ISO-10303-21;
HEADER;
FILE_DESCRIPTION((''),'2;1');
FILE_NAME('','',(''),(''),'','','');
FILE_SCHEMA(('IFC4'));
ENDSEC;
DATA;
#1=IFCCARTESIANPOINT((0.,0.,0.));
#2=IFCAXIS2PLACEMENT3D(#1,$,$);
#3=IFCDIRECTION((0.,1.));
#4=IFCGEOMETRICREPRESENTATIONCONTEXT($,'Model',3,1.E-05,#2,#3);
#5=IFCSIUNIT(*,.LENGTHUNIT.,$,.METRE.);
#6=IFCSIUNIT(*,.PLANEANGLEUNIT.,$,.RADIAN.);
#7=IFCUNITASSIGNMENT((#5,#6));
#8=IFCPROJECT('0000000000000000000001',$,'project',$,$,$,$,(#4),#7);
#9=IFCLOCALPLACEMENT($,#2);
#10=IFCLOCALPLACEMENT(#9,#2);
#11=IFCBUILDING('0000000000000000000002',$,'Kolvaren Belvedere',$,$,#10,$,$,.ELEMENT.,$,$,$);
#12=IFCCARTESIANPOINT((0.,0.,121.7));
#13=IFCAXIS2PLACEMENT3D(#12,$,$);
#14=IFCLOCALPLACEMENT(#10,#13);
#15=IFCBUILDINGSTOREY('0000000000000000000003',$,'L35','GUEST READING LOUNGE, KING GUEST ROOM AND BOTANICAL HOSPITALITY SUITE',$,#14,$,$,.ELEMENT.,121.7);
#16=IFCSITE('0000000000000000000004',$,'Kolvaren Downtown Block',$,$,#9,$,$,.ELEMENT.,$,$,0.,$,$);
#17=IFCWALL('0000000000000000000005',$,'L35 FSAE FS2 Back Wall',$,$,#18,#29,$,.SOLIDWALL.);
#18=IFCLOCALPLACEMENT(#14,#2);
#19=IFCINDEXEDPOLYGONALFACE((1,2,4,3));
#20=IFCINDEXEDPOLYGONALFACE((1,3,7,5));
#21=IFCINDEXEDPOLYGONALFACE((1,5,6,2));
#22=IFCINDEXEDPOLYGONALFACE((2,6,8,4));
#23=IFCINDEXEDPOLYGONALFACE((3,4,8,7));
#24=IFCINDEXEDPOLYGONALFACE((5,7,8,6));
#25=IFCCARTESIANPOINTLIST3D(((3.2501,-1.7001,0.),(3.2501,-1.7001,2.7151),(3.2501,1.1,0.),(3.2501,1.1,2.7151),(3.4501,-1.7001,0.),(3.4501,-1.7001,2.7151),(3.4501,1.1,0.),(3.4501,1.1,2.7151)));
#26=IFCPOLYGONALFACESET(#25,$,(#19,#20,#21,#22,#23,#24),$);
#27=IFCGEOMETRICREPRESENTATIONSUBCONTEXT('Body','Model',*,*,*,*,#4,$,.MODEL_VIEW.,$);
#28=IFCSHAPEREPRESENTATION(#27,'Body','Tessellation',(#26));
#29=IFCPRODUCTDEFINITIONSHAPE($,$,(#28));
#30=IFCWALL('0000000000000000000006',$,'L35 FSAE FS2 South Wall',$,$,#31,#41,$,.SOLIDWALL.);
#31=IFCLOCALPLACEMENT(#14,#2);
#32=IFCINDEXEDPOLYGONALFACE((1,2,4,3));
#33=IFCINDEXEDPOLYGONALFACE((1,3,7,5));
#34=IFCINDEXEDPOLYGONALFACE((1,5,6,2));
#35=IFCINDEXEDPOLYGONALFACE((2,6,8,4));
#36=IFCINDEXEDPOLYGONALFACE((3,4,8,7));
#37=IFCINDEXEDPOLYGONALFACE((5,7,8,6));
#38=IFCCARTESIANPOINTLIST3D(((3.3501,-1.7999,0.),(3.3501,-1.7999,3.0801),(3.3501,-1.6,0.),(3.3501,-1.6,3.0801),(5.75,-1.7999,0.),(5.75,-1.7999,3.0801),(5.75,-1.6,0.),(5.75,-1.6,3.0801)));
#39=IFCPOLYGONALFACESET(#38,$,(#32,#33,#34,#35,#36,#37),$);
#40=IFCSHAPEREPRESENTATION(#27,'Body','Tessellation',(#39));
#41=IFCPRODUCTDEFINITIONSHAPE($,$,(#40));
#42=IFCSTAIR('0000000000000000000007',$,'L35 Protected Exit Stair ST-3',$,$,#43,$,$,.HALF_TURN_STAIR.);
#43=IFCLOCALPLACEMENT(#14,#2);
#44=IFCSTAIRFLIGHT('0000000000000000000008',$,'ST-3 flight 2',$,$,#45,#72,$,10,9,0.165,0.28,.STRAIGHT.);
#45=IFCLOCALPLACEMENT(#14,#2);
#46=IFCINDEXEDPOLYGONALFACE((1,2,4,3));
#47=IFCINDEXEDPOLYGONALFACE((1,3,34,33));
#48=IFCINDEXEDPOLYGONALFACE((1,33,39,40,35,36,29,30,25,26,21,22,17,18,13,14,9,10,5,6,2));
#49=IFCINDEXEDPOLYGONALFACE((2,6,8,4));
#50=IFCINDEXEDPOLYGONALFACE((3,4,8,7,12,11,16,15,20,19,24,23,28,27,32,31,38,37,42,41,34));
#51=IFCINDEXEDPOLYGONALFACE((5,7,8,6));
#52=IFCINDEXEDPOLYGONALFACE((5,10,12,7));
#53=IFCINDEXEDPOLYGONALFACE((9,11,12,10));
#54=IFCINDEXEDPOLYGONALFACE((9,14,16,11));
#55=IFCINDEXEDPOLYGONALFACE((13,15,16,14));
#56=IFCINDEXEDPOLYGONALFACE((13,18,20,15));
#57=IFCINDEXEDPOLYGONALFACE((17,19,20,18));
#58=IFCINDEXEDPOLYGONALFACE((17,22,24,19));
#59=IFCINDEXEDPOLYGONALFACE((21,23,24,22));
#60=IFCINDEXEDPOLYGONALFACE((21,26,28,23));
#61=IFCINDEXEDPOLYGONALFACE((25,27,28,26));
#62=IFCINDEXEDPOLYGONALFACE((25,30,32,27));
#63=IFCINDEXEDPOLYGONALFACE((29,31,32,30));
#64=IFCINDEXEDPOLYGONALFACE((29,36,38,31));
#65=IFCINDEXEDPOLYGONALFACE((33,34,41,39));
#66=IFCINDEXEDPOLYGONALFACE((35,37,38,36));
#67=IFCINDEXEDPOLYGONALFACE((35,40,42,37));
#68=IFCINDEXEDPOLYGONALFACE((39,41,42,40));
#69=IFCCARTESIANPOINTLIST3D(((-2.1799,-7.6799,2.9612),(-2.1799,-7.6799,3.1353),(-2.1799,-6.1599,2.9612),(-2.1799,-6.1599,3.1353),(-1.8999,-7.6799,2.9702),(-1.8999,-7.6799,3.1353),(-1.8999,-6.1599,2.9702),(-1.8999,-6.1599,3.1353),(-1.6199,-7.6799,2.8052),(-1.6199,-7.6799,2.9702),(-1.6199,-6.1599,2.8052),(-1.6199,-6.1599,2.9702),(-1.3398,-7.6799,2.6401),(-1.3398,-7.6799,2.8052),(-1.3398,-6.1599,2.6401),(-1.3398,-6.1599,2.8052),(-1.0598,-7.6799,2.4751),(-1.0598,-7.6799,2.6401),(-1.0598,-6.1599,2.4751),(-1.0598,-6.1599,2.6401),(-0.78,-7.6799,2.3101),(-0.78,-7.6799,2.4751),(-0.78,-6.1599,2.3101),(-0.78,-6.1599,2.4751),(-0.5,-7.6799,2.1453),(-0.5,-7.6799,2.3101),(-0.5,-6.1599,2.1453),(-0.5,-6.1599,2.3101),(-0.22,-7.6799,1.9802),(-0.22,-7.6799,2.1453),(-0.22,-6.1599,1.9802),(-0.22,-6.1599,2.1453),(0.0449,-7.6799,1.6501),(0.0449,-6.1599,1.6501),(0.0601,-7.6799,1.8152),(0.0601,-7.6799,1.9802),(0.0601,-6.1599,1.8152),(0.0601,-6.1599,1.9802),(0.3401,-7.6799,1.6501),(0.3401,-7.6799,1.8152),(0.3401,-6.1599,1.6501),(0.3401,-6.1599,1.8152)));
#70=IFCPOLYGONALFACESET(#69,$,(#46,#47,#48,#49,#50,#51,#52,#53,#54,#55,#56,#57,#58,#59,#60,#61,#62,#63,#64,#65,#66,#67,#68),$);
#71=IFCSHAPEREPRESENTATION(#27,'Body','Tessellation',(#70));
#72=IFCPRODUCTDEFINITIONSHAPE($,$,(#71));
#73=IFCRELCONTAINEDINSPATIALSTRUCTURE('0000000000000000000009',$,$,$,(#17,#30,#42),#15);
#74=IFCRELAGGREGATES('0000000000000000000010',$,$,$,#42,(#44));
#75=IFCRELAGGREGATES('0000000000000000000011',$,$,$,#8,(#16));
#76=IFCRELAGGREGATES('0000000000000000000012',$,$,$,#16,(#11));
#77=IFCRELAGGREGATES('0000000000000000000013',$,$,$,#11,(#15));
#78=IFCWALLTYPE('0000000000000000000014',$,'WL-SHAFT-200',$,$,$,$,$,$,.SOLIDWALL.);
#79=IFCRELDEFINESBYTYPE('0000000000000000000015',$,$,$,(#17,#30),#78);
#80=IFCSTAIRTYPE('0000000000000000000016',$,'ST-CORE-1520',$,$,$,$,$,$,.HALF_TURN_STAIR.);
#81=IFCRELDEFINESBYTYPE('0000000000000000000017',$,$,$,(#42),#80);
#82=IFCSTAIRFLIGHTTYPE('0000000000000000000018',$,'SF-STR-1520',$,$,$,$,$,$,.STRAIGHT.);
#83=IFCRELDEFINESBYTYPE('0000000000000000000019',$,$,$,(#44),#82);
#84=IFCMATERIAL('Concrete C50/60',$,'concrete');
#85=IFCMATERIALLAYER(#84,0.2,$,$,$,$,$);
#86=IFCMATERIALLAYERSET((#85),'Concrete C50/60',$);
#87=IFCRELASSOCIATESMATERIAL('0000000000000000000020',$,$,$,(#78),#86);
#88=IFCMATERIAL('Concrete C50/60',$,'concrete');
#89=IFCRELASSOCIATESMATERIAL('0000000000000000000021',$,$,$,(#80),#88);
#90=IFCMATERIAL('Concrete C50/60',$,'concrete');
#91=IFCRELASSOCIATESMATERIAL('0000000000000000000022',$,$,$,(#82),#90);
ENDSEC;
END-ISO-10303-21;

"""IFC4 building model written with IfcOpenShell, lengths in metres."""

from ifc_helpers import new_model, si_unit, direction, frame, frame_2d, origin, place, context, subcontext, project, spatial, polyline, rectangle, outline, extrude, material, layer, layer_set, type_object, element, aggregate, save


model = new_model("IFC4")

# Units and contexts
model_context = context("Model", 3, precision=1e-05, world=origin(), true_north=direction((0.0, 1.0)))
body_context = subcontext(model_context, "Body", "Model", "MODEL_VIEW")
ifc_project = project(units=[si_unit("LENGTHUNIT", "METRE"), si_unit("PLANEANGLEUNIT", "RADIAN")], contexts=[model_context])

# Site, building, storey
site_placement = place(None, origin())
site = spatial("IfcSite", under=ifc_project, at=site_placement, Name="Kolvaren Downtown Block", CompositionType="ELEMENT", RefElevation=0.0)
building_placement = place(site_placement, origin())
building = spatial("IfcBuilding", under=site, at=building_placement, Name="Kolvaren Belvedere", CompositionType="ELEMENT")
storey_placement = place(building_placement, frame((0.0, 0.0, 121.7)))
storey = spatial("IfcBuildingStorey", under=building, at=storey_placement, Name="L35", Description="GUEST READING LOUNGE, KING GUEST ROOM AND BOTANICAL HOSPITALITY SUITE", CompositionType="ELEMENT", Elevation=121.7)

# Walls
ifc_material_1 = material(Name="Concrete C50/60", Category="concrete")
ifc_layer_1 = layer(ifc_material_1, 0.2)
ifc_layer_set_1 = layer_set([ifc_layer_1], Name="Concrete C50/60")
wall_type_1 = type_object("IfcWallType", Name="WL-SHAFT-200", PredefinedType="SOLIDWALL", material=ifc_layer_set_1)
wall_1_placement = place(storey_placement, frame((3.3501, -1.7, 0.0), z_axis=(0.0, 0.0, 1.0), x_axis=(0.0, 1.0, 0.0)))
element("IfcWall", 1, at=wall_1_placement, inside=storey, type_object=wall_type_1, Name="L35 FSAE FS2 Back Wall", PredefinedType="SOLIDWALL", context=body_context, shape_type="SweptSolid", body=[
    extrude(rectangle(XDim=2.8, YDim=0.2, at=frame_2d((1.3999, 0.0))), origin(), (0.0, 0.0, 1.0), 2.7151),
])
wall_2_placement = place(storey_placement, frame((3.3501, -1.7, 0.0), z_axis=(0.0, 0.0, 1.0), x_axis=(1.0, 0.0, 0.0)))
element("IfcWall", 2, at=wall_2_placement, inside=storey, type_object=wall_type_1, Name="L35 FSAE FS2 South Wall", PredefinedType="SOLIDWALL", context=body_context, shape_type="SweptSolid", body=[
    extrude(rectangle(XDim=2.3999, YDim=0.2, at=frame_2d((1.2, 0.0))), origin(), (0.0, 0.0, 1.0), 3.0801),
])

# Stair, stair flight
ifc_material_2 = material(Name="Concrete C50/60", Category="concrete")
stair_type = type_object("IfcStairType", Name="ST-CORE-1520", PredefinedType="HALF_TURN_STAIR", material=ifc_material_2)
stair_placement = place(storey_placement, origin())
stair = element("IfcStair", 3, at=stair_placement, inside=storey, type_object=stair_type, Name="L35 Protected Exit Stair ST-3", PredefinedType="HALF_TURN_STAIR")
ifc_material_3 = material(Name="Concrete C50/60", Category="concrete")
stair_flight_type = type_object("IfcStairFlightType", Name="SF-STR-1520", PredefinedType="STRAIGHT", material=ifc_material_3)
stair_flight_placement = place(storey_placement, frame((0.3401, -6.9199, 1.6501), z_axis=(0.0, 0.0, 1.0), x_axis=(-1.0, 0.0, 0.0)))
stair_flight = element("IfcStairFlight", 4, at=stair_flight_placement, type_object=stair_flight_type, Name="ST-3 flight 2", NumberOfRisers=10, NumberOfTreads=9, PredefinedType="STRAIGHT", RiserHeight=0.165, TreadLength=0.28, context=body_context, shape_type="SweptSolid", body=[
    extrude(outline(polyline([(0.0, 0.0), (0.0, 0.165), (0.28, 0.165), (0.28, 0.3301), (0.5601, 0.3301), (0.5601, 0.4951), (0.8401, 0.4951), (0.8401, 0.6599), (1.1201, 0.6599), (1.1201, 0.825), (1.3999, 0.825), (1.3999, 0.99), (1.6799, 0.99), (1.6799, 1.155), (1.96, 1.155), (1.96, 1.3201), (2.24, 1.3201), (2.24, 1.4851), (2.52, 1.4851), (2.52, 1.6499), (2.52, 1.311), (0.2952, 0.0), (0.0, 0.0)])), frame((0.0, 0.76, 0.0), z_axis=(0.0, -1.0, 0.0), x_axis=(1.0, 0.0, 0.0)), (0.0, 0.0, 1.0), 1.52),
])
aggregate(stair, [stair_flight])

save(model, "model.ifc")
